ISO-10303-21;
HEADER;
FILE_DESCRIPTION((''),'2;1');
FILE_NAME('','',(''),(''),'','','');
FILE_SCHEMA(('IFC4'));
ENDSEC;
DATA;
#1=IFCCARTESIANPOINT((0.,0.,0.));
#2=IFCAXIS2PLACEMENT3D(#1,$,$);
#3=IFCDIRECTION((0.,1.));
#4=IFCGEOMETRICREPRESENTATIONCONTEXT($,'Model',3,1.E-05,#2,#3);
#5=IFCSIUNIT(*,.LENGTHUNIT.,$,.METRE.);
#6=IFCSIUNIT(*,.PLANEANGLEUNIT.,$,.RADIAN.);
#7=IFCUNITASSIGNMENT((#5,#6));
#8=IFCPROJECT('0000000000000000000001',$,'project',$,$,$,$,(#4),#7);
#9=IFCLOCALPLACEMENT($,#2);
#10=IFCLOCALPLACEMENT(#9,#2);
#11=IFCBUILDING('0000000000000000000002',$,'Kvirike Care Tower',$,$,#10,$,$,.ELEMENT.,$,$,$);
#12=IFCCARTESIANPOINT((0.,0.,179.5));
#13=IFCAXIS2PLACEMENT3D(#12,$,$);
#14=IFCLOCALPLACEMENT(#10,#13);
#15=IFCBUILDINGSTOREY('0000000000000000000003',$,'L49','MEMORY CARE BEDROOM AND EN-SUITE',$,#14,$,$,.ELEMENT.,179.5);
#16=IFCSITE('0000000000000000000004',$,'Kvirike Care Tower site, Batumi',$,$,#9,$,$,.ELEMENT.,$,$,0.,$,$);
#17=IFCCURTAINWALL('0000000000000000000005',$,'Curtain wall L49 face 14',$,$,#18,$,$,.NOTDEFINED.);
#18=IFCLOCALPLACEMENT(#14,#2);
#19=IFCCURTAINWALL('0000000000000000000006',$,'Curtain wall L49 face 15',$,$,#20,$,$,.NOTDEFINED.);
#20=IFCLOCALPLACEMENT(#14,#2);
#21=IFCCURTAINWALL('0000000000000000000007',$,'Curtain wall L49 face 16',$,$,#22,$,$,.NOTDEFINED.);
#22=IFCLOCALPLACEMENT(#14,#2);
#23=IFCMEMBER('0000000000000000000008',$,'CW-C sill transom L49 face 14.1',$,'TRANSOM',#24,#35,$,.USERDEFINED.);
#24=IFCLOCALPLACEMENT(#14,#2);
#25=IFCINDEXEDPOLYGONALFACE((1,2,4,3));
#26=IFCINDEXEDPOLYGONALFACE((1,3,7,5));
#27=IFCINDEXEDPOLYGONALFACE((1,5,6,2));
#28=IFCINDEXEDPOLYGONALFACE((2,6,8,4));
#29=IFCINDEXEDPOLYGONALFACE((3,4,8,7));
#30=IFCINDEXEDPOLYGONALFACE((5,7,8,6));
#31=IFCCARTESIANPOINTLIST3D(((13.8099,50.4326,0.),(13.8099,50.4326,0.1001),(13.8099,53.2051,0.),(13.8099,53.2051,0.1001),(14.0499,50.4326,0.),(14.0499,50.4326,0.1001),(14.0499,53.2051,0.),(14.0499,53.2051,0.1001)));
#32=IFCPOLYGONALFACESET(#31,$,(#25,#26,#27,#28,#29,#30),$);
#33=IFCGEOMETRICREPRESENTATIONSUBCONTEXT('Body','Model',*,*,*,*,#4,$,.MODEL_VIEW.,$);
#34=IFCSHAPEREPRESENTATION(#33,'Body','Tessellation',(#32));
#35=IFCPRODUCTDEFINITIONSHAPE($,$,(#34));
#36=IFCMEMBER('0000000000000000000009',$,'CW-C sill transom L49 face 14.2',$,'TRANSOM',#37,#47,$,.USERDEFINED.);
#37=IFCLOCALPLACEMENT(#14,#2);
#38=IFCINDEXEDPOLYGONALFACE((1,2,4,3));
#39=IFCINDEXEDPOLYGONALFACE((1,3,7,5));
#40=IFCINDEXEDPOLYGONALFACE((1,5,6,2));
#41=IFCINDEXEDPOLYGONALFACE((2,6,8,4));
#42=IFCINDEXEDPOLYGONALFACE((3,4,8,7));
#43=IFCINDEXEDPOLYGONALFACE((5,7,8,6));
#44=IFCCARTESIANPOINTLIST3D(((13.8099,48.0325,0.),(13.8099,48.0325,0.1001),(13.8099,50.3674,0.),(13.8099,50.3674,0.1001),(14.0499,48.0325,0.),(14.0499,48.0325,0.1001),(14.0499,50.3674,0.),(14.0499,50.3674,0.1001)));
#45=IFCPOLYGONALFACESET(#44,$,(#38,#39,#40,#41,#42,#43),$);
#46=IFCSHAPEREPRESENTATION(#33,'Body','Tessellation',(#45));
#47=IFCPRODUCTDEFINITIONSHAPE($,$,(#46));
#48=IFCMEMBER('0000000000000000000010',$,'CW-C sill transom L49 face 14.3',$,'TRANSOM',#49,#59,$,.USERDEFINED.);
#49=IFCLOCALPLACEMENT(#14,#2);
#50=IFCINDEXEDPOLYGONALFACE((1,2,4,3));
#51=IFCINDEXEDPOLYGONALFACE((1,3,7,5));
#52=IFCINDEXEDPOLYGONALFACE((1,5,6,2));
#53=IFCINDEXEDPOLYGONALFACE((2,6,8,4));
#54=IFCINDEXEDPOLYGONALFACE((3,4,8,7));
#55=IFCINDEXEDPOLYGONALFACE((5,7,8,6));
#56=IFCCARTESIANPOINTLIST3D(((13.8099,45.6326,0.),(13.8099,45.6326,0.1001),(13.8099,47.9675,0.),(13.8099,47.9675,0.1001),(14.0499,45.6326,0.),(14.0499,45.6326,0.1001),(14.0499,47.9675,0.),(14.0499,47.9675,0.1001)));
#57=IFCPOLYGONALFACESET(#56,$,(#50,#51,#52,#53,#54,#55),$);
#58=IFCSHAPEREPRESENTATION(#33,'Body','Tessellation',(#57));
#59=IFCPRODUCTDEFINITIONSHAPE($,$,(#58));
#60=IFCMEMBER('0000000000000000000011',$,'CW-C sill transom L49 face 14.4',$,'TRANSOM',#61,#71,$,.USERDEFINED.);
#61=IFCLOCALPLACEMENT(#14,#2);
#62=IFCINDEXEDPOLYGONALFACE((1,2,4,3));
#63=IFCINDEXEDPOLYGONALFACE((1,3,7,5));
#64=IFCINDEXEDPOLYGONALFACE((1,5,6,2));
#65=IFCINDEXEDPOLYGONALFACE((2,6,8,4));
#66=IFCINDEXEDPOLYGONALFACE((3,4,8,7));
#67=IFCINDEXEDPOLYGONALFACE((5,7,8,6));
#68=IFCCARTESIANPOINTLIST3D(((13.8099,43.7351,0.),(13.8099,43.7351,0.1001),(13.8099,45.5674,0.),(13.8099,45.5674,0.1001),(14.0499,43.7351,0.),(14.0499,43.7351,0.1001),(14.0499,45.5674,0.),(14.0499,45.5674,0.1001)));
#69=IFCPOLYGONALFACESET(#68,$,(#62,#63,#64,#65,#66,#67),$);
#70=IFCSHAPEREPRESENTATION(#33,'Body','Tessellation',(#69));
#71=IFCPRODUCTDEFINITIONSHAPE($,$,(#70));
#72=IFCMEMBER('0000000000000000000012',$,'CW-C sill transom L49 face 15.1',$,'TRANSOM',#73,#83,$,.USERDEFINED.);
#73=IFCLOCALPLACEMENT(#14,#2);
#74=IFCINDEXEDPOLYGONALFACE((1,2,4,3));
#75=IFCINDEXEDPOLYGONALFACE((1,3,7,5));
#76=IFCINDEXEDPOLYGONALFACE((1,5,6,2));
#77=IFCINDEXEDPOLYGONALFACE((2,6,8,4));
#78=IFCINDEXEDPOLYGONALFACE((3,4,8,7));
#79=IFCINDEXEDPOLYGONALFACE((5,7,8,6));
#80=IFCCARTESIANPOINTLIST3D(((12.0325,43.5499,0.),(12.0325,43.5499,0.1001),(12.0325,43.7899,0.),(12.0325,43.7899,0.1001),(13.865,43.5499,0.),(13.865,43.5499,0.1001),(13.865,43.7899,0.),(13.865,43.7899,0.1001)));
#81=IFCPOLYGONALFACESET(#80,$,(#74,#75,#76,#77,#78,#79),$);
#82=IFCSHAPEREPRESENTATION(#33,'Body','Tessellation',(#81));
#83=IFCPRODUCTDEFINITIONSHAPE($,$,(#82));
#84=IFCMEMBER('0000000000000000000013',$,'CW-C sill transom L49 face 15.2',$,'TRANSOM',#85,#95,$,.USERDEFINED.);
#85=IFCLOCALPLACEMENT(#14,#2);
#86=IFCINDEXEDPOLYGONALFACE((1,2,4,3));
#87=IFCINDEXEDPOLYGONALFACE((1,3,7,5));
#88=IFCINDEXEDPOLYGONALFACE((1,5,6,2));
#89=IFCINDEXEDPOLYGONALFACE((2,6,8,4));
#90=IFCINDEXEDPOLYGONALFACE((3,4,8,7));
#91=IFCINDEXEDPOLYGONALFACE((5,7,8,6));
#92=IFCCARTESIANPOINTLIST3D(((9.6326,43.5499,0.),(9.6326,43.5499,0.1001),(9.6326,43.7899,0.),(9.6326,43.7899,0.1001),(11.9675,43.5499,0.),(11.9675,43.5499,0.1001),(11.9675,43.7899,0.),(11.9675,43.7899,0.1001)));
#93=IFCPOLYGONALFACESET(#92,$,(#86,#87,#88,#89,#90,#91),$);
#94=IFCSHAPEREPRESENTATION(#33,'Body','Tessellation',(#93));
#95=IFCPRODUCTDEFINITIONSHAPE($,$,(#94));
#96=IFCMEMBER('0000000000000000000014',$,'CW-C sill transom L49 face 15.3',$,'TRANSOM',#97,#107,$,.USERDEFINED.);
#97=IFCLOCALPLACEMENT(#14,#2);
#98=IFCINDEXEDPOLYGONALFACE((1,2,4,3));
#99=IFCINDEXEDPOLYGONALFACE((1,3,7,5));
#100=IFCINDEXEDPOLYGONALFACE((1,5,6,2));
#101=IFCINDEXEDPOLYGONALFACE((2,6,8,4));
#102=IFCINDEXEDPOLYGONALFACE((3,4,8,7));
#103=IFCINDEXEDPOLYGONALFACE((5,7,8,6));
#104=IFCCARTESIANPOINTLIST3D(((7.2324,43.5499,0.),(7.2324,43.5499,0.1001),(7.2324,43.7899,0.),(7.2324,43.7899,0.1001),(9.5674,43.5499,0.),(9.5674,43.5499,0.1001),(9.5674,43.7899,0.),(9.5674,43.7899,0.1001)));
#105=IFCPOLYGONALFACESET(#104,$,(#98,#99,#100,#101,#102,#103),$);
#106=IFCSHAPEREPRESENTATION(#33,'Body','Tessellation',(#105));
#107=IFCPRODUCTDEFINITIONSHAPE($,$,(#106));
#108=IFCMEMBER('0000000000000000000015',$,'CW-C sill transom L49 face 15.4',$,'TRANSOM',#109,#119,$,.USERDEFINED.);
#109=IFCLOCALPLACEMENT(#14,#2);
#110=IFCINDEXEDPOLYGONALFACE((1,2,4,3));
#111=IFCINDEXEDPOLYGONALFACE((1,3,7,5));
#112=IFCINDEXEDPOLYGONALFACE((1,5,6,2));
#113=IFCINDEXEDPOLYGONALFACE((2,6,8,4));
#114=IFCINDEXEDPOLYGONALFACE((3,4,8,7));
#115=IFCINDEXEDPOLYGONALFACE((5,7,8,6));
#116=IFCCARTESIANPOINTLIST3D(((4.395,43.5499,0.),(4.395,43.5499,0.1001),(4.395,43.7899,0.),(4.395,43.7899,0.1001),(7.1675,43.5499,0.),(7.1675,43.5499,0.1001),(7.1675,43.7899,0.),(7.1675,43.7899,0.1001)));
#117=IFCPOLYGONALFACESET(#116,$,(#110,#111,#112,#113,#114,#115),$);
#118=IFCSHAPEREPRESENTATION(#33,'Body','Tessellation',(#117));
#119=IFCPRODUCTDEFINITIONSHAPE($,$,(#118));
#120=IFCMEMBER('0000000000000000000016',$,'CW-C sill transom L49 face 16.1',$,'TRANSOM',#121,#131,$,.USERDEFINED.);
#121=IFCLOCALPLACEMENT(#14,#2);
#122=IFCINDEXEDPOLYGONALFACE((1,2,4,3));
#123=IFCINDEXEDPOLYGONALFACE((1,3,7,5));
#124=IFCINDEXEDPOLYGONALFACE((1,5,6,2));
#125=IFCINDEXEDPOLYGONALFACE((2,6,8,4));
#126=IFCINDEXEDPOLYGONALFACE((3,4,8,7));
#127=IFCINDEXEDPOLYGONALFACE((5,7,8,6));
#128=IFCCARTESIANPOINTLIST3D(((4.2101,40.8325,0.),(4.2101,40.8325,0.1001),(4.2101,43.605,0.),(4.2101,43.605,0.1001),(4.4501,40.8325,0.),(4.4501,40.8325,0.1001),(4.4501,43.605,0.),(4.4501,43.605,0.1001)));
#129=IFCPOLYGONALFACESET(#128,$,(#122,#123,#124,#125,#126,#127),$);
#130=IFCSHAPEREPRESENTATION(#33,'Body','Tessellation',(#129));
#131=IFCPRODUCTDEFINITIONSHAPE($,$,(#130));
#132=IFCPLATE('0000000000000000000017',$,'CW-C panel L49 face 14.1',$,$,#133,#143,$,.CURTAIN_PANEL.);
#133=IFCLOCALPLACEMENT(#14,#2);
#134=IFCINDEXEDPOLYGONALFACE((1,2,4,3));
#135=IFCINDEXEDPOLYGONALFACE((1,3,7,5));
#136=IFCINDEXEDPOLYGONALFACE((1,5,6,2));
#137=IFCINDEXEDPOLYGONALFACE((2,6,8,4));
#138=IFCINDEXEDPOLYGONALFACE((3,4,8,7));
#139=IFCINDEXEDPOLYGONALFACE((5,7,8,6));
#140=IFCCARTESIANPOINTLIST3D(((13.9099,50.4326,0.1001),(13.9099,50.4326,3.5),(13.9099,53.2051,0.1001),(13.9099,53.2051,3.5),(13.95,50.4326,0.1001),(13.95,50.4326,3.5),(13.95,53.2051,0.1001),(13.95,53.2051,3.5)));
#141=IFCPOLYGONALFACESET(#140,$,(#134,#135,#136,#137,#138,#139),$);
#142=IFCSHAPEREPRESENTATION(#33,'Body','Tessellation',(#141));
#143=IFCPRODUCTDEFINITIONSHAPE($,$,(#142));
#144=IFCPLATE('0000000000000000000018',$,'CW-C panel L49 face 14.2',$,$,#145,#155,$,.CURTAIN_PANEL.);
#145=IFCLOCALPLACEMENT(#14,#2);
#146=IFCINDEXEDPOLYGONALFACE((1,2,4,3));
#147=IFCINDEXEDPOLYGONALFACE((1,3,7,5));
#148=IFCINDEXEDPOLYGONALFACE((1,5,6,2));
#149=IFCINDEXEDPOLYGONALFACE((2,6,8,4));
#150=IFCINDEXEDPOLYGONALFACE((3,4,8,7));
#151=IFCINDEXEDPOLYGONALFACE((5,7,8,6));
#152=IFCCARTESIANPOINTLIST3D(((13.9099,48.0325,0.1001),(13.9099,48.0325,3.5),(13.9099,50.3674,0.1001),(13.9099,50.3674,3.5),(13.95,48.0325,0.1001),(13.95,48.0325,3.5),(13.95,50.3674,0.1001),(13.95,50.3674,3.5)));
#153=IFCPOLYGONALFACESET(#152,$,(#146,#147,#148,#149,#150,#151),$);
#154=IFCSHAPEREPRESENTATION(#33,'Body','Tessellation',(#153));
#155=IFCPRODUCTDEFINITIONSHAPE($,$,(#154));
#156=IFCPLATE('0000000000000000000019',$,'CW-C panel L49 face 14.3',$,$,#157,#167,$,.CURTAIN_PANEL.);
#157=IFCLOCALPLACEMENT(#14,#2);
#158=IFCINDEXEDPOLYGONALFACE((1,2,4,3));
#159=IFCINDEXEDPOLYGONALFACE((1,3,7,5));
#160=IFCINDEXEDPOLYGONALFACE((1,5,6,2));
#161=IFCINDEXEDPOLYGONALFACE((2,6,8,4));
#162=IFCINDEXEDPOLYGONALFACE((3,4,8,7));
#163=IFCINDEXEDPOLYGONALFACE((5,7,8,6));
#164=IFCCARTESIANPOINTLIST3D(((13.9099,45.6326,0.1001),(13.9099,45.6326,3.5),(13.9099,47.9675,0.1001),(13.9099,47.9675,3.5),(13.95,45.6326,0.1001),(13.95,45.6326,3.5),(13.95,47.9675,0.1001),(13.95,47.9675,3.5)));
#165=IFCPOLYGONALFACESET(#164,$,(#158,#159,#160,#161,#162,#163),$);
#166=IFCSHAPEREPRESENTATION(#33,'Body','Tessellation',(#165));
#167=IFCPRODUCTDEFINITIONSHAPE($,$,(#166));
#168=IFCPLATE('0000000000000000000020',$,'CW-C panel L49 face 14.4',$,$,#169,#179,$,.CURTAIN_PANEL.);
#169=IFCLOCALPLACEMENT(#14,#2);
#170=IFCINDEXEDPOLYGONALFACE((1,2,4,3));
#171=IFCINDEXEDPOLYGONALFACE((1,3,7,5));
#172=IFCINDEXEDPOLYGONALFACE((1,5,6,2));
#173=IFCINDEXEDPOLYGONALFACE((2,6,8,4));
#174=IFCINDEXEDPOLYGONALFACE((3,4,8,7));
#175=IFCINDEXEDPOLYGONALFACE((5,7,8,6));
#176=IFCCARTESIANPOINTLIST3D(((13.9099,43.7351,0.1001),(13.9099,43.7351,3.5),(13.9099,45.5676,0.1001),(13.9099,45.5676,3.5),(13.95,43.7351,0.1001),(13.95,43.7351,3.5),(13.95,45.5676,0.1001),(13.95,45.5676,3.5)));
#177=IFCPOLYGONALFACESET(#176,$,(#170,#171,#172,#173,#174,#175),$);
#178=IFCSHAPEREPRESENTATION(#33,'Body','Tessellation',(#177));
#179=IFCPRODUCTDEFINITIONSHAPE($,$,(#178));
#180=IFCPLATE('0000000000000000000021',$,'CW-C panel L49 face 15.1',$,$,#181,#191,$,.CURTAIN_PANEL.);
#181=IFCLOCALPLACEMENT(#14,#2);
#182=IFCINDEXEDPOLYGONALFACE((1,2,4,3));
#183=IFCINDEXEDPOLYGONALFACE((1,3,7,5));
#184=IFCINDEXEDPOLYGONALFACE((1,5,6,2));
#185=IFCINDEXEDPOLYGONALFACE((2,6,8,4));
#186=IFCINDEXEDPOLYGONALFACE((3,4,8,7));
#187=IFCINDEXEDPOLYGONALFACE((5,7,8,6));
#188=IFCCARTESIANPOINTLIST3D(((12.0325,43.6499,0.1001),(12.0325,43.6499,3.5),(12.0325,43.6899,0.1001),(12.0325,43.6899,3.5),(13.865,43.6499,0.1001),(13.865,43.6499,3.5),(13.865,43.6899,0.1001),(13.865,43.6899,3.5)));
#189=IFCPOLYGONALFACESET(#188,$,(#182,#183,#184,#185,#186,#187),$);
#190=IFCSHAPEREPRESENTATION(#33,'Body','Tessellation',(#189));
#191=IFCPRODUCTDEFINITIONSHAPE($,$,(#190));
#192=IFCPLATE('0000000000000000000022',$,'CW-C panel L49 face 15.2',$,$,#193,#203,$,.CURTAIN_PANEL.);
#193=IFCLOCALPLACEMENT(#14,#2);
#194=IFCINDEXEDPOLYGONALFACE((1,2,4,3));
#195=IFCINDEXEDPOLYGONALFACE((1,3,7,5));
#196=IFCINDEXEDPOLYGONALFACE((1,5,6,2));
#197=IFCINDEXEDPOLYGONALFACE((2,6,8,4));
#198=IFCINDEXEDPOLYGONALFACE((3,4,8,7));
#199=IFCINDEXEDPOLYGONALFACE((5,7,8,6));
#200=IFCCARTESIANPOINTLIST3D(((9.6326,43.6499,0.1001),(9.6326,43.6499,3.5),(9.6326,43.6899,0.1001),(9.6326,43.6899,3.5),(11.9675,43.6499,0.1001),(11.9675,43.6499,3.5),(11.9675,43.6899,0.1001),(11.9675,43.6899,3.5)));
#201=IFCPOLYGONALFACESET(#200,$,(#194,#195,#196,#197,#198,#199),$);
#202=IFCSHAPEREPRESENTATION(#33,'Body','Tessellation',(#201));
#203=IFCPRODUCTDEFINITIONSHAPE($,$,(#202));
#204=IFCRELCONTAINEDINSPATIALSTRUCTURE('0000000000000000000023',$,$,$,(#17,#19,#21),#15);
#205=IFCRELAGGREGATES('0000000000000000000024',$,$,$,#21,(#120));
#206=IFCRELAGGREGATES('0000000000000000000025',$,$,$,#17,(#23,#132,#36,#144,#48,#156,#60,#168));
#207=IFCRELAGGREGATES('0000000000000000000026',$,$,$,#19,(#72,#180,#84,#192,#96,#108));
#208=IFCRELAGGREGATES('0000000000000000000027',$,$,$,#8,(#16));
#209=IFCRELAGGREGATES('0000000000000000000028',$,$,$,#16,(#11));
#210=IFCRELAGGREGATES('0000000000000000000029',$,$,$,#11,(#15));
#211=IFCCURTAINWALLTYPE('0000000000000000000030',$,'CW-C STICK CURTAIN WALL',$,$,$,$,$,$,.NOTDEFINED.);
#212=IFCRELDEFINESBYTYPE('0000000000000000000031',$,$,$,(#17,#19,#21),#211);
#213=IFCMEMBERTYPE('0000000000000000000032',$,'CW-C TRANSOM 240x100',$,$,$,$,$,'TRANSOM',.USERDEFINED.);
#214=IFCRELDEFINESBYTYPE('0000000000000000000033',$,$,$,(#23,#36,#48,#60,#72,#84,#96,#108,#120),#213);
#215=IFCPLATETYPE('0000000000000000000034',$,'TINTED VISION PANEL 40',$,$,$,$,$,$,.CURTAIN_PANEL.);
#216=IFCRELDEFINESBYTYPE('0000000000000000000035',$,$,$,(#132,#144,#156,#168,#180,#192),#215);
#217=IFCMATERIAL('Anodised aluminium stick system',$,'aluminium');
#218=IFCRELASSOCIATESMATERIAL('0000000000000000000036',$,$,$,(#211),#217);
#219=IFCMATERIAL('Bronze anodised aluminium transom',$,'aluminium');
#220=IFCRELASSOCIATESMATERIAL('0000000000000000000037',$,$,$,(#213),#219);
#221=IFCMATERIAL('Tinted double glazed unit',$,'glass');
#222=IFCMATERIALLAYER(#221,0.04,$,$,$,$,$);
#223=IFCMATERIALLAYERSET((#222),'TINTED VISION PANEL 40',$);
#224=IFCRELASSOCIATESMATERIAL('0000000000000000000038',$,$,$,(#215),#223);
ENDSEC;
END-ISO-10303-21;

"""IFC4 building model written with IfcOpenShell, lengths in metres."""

from ifc_helpers import new_model, si_unit, direction, frame, origin, origin_2d, place, context, subcontext, project, spatial, rectangle, extrude, material, layer, layer_set, material_profile, profile_set, type_object, element, aggregate, save


model = new_model("IFC4")

# Units and contexts
model_context = context("Model", 3, precision=1e-05, world=origin(), true_north=direction((0.0, 1.0)))
body_context = subcontext(model_context, "Body", "Model", "MODEL_VIEW")
ifc_project = project(units=[si_unit("LENGTHUNIT", "METRE"), si_unit("PLANEANGLEUNIT", "RADIAN")], contexts=[model_context])

# Site, building, storey
site_placement = place(None, origin())
site = spatial("IfcSite", under=ifc_project, at=site_placement, Name="Kvirike Care Tower site, Batumi", CompositionType="ELEMENT", RefElevation=0.0)
building_placement = place(site_placement, origin())
building = spatial("IfcBuilding", under=site, at=building_placement, Name="Kvirike Care Tower", CompositionType="ELEMENT")
storey_placement = place(building_placement, frame((0.0, 0.0, 179.5)))
storey = spatial("IfcBuildingStorey", under=building, at=storey_placement, Name="L49", Description="MEMORY CARE BEDROOM AND EN-SUITE", CompositionType="ELEMENT", Elevation=179.5)

# Curtain walls
ifc_material_1 = material(Name="Anodised aluminium stick system", Category="aluminium")
curtain_wall_type = type_object("IfcCurtainWallType", Name="CW-C STICK CURTAIN WALL", PredefinedType="NOTDEFINED", material=ifc_material_1)
curtain_wall_1_placement = place(storey_placement, origin())
curtain_wall_1 = element("IfcCurtainWall", 1, at=curtain_wall_1_placement, inside=storey, type_object=curtain_wall_type, Name="Curtain wall L49 face 14", PredefinedType="NOTDEFINED")
curtain_wall_2_placement = place(storey_placement, origin())
curtain_wall_2 = element("IfcCurtainWall", 2, at=curtain_wall_2_placement, inside=storey, type_object=curtain_wall_type, Name="Curtain wall L49 face 15", PredefinedType="NOTDEFINED")

# Curtain wall
curtain_wall_3_placement = place(storey_placement, origin())
curtain_wall_3 = element("IfcCurtainWall", 3, at=curtain_wall_3_placement, inside=storey, type_object=curtain_wall_type, Name="Curtain wall L49 face 16", PredefinedType="NOTDEFINED")

# Members
ifc_material_2 = material(Name="Bronze anodised aluminium transom", Category="aluminium")
ifc_material_profile_1 = material_profile(ifc_material_2, rectangle(XDim=0.24, YDim=0.1001, at=origin_2d()), Name="CW-C TRANSOM 240x100")
ifc_profile_set_1 = profile_set([ifc_material_profile_1], Name="Bronze anodised aluminium transom")
member_type_1 = type_object("IfcMemberType", Name="CW-C TRANSOM 240x100", ElementType="TRANSOM", PredefinedType="USERDEFINED", material=ifc_profile_set_1)
member_1_placement = place(storey_placement, frame((13.9299, 53.2051, 0.05), z_axis=(0.0, -1.0, 0.0), x_axis=(1.0, 0.0, 0.0)))
member_1 = element("IfcMember", 4, at=member_1_placement, type_object=member_type_1, Name="CW-C sill transom L49 face 14.1", ObjectType="TRANSOM", PredefinedType="USERDEFINED", context=body_context, shape_type="SweptSolid", body=[
    extrude(rectangle(XDim=0.24, YDim=0.1001, at=origin_2d()), origin(), (0.0, 0.0, 1.0), 2.7725),
])
member_2_placement = place(storey_placement, frame((13.9299, 50.3674, 0.05), z_axis=(0.0, -1.0, 0.0), x_axis=(1.0, 0.0, 0.0)))
member_2 = element("IfcMember", 5, at=member_2_placement, type_object=member_type_1, Name="CW-C sill transom L49 face 14.2", ObjectType="TRANSOM", PredefinedType="USERDEFINED", context=body_context, shape_type="SweptSolid", body=[
    extrude(rectangle(XDim=0.24, YDim=0.1001, at=origin_2d()), origin(), (0.0, 0.0, 1.0), 2.335),
])
member_3_placement = place(storey_placement, frame((13.9299, 47.9675, 0.05), z_axis=(0.0, -1.0, 0.0), x_axis=(1.0, 0.0, 0.0)))
member_3 = element("IfcMember", 6, at=member_3_placement, type_object=member_type_1, Name="CW-C sill transom L49 face 14.3", ObjectType="TRANSOM", PredefinedType="USERDEFINED", context=body_context, shape_type="SweptSolid", body=[
    extrude(rectangle(XDim=0.24, YDim=0.1001, at=origin_2d()), origin(), (0.0, 0.0, 1.0), 2.335),
])
member_4_placement = place(storey_placement, frame((13.9299, 45.5674, 0.05), z_axis=(0.0, -1.0, 0.0), x_axis=(1.0, 0.0, 0.0)))
member_4 = element("IfcMember", 7, at=member_4_placement, type_object=member_type_1, Name="CW-C sill transom L49 face 14.4", ObjectType="TRANSOM", PredefinedType="USERDEFINED", context=body_context, shape_type="SweptSolid", body=[
    extrude(rectangle(XDim=0.24, YDim=0.1001, at=origin_2d()), origin(), (0.0, 0.0, 1.0), 1.8323),
])
member_5_placement = place(storey_placement, frame((13.865, 43.6699, 0.05), z_axis=(-1.0, 0.0, 0.0), x_axis=(0.0, -1.0, 0.0)))
member_5 = element("IfcMember", 8, at=member_5_placement, type_object=member_type_1, Name="CW-C sill transom L49 face 15.1", ObjectType="TRANSOM", PredefinedType="USERDEFINED", context=body_context, shape_type="SweptSolid", body=[
    extrude(rectangle(XDim=0.24, YDim=0.1001, at=origin_2d()), origin(), (0.0, 0.0, 1.0), 1.8325),
])
member_6_placement = place(storey_placement, frame((11.9675, 43.6699, 0.05), z_axis=(-1.0, 0.0, 0.0), x_axis=(0.0, -1.0, 0.0)))
member_6 = element("IfcMember", 9, at=member_6_placement, type_object=member_type_1, Name="CW-C sill transom L49 face 15.2", ObjectType="TRANSOM", PredefinedType="USERDEFINED", context=body_context, shape_type="SweptSolid", body=[
    extrude(rectangle(XDim=0.24, YDim=0.1001, at=origin_2d()), origin(), (0.0, 0.0, 1.0), 2.335),
])
member_7_placement = place(storey_placement, frame((9.5674, 43.6699, 0.05), z_axis=(-1.0, 0.0, 0.0), x_axis=(0.0, -1.0, 0.0)))
member_7 = element("IfcMember", 10, at=member_7_placement, type_object=member_type_1, Name="CW-C sill transom L49 face 15.3", ObjectType="TRANSOM", PredefinedType="USERDEFINED", context=body_context, shape_type="SweptSolid", body=[
    extrude(rectangle(XDim=0.24, YDim=0.1001, at=origin_2d()), origin(), (0.0, 0.0, 1.0), 2.335),
])
member_8_placement = place(storey_placement, frame((7.1675, 43.6699, 0.05), z_axis=(-1.0, 0.0, 0.0), x_axis=(0.0, -1.0, 0.0)))
member_8 = element("IfcMember", 11, at=member_8_placement, type_object=member_type_1, Name="CW-C sill transom L49 face 15.4", ObjectType="TRANSOM", PredefinedType="USERDEFINED", context=body_context, shape_type="SweptSolid", body=[
    extrude(rectangle(XDim=0.24, YDim=0.1001, at=origin_2d()), origin(), (0.0, 0.0, 1.0), 2.7725),
])
member_9_placement = place(storey_placement, frame((4.3301, 43.605, 0.05), z_axis=(0.0, -1.0, 0.0), x_axis=(1.0, 0.0, 0.0)))
member_9 = element("IfcMember", 12, at=member_9_placement, type_object=member_type_1, Name="CW-C sill transom L49 face 16.1", ObjectType="TRANSOM", PredefinedType="USERDEFINED", context=body_context, shape_type="SweptSolid", body=[
    extrude(rectangle(XDim=0.24, YDim=0.1001, at=origin_2d()), origin(), (0.0, 0.0, 1.0), 2.7725),
])
aggregate(curtain_wall_3, [member_9])

# Plates
ifc_material_3 = material(Name="Tinted double glazed unit", Category="glass")
ifc_layer_1 = layer(ifc_material_3, 0.04)
ifc_layer_set_1 = layer_set([ifc_layer_1], Name="TINTED VISION PANEL 40")
plate_type = type_object("IfcPlateType", Name="TINTED VISION PANEL 40", PredefinedType="CURTAIN_PANEL", material=ifc_layer_set_1)
plate_1_placement = place(storey_placement, frame((13.9299, 51.8188, 0.1001), z_axis=(0.0, 0.0, 1.0), x_axis=(0.0, -1.0, 0.0)))
plate_1 = element("IfcPlate", 13, at=plate_1_placement, type_object=plate_type, Name="CW-C panel L49 face 14.1", PredefinedType="CURTAIN_PANEL", context=body_context, shape_type="SweptSolid", body=[
    extrude(rectangle(XDim=2.7725, YDim=0.04, at=origin_2d()), origin(), (0.0, 0.0, 1.0), 3.3999),
])
plate_2_placement = place(storey_placement, frame((13.9299, 49.2, 0.1001), z_axis=(0.0, 0.0, 1.0), x_axis=(0.0, -1.0, 0.0)))
plate_2 = element("IfcPlate", 14, at=plate_2_placement, type_object=plate_type, Name="CW-C panel L49 face 14.2", PredefinedType="CURTAIN_PANEL", context=body_context, shape_type="SweptSolid", body=[
    extrude(rectangle(XDim=2.335, YDim=0.04, at=origin_2d()), origin(), (0.0, 0.0, 1.0), 3.3999),
])
plate_3_placement = place(storey_placement, frame((13.9299, 46.8, 0.1001), z_axis=(0.0, 0.0, 1.0), x_axis=(0.0, -1.0, 0.0)))
plate_3 = element("IfcPlate", 15, at=plate_3_placement, type_object=plate_type, Name="CW-C panel L49 face 14.3", PredefinedType="CURTAIN_PANEL", context=body_context, shape_type="SweptSolid", body=[
    extrude(rectangle(XDim=2.335, YDim=0.04, at=origin_2d()), origin(), (0.0, 0.0, 1.0), 3.3999),
])
plate_4_placement = place(storey_placement, frame((13.9299, 44.6514, 0.1001), z_axis=(0.0, 0.0, 1.0), x_axis=(0.0, -1.0, 0.0)))
plate_4 = element("IfcPlate", 16, at=plate_4_placement, type_object=plate_type, Name="CW-C panel L49 face 14.4", PredefinedType="CURTAIN_PANEL", context=body_context, shape_type="SweptSolid", body=[
    extrude(rectangle(XDim=1.8325, YDim=0.04, at=origin_2d()), origin(), (0.0, 0.0, 1.0), 3.3999),
])
aggregate(curtain_wall_1, [member_1, plate_1, member_2, plate_2, member_3, plate_3, member_4, plate_4])
plate_5_placement = place(storey_placement, frame((12.9487, 43.6699, 0.1001), z_axis=(0.0, 0.0, 1.0), x_axis=(-1.0, 0.0, 0.0)))
plate_5 = element("IfcPlate", 17, at=plate_5_placement, type_object=plate_type, Name="CW-C panel L49 face 15.1", PredefinedType="CURTAIN_PANEL", context=body_context, shape_type="SweptSolid", body=[
    extrude(rectangle(XDim=1.8325, YDim=0.04, at=origin_2d()), origin(), (0.0, 0.0, 1.0), 3.3999),
])
plate_6_placement = place(storey_placement, frame((10.8, 43.6699, 0.1001), z_axis=(0.0, 0.0, 1.0), x_axis=(-1.0, 0.0, 0.0)))
plate_6 = element("IfcPlate", 18, at=plate_6_placement, type_object=plate_type, Name="CW-C panel L49 face 15.2", PredefinedType="CURTAIN_PANEL", context=body_context, shape_type="SweptSolid", body=[
    extrude(rectangle(XDim=2.335, YDim=0.04, at=origin_2d()), origin(), (0.0, 0.0, 1.0), 3.3999),
])
aggregate(curtain_wall_2, [member_5, plate_5, member_6, plate_6, member_7, member_8])

save(model, "model.ifc")
